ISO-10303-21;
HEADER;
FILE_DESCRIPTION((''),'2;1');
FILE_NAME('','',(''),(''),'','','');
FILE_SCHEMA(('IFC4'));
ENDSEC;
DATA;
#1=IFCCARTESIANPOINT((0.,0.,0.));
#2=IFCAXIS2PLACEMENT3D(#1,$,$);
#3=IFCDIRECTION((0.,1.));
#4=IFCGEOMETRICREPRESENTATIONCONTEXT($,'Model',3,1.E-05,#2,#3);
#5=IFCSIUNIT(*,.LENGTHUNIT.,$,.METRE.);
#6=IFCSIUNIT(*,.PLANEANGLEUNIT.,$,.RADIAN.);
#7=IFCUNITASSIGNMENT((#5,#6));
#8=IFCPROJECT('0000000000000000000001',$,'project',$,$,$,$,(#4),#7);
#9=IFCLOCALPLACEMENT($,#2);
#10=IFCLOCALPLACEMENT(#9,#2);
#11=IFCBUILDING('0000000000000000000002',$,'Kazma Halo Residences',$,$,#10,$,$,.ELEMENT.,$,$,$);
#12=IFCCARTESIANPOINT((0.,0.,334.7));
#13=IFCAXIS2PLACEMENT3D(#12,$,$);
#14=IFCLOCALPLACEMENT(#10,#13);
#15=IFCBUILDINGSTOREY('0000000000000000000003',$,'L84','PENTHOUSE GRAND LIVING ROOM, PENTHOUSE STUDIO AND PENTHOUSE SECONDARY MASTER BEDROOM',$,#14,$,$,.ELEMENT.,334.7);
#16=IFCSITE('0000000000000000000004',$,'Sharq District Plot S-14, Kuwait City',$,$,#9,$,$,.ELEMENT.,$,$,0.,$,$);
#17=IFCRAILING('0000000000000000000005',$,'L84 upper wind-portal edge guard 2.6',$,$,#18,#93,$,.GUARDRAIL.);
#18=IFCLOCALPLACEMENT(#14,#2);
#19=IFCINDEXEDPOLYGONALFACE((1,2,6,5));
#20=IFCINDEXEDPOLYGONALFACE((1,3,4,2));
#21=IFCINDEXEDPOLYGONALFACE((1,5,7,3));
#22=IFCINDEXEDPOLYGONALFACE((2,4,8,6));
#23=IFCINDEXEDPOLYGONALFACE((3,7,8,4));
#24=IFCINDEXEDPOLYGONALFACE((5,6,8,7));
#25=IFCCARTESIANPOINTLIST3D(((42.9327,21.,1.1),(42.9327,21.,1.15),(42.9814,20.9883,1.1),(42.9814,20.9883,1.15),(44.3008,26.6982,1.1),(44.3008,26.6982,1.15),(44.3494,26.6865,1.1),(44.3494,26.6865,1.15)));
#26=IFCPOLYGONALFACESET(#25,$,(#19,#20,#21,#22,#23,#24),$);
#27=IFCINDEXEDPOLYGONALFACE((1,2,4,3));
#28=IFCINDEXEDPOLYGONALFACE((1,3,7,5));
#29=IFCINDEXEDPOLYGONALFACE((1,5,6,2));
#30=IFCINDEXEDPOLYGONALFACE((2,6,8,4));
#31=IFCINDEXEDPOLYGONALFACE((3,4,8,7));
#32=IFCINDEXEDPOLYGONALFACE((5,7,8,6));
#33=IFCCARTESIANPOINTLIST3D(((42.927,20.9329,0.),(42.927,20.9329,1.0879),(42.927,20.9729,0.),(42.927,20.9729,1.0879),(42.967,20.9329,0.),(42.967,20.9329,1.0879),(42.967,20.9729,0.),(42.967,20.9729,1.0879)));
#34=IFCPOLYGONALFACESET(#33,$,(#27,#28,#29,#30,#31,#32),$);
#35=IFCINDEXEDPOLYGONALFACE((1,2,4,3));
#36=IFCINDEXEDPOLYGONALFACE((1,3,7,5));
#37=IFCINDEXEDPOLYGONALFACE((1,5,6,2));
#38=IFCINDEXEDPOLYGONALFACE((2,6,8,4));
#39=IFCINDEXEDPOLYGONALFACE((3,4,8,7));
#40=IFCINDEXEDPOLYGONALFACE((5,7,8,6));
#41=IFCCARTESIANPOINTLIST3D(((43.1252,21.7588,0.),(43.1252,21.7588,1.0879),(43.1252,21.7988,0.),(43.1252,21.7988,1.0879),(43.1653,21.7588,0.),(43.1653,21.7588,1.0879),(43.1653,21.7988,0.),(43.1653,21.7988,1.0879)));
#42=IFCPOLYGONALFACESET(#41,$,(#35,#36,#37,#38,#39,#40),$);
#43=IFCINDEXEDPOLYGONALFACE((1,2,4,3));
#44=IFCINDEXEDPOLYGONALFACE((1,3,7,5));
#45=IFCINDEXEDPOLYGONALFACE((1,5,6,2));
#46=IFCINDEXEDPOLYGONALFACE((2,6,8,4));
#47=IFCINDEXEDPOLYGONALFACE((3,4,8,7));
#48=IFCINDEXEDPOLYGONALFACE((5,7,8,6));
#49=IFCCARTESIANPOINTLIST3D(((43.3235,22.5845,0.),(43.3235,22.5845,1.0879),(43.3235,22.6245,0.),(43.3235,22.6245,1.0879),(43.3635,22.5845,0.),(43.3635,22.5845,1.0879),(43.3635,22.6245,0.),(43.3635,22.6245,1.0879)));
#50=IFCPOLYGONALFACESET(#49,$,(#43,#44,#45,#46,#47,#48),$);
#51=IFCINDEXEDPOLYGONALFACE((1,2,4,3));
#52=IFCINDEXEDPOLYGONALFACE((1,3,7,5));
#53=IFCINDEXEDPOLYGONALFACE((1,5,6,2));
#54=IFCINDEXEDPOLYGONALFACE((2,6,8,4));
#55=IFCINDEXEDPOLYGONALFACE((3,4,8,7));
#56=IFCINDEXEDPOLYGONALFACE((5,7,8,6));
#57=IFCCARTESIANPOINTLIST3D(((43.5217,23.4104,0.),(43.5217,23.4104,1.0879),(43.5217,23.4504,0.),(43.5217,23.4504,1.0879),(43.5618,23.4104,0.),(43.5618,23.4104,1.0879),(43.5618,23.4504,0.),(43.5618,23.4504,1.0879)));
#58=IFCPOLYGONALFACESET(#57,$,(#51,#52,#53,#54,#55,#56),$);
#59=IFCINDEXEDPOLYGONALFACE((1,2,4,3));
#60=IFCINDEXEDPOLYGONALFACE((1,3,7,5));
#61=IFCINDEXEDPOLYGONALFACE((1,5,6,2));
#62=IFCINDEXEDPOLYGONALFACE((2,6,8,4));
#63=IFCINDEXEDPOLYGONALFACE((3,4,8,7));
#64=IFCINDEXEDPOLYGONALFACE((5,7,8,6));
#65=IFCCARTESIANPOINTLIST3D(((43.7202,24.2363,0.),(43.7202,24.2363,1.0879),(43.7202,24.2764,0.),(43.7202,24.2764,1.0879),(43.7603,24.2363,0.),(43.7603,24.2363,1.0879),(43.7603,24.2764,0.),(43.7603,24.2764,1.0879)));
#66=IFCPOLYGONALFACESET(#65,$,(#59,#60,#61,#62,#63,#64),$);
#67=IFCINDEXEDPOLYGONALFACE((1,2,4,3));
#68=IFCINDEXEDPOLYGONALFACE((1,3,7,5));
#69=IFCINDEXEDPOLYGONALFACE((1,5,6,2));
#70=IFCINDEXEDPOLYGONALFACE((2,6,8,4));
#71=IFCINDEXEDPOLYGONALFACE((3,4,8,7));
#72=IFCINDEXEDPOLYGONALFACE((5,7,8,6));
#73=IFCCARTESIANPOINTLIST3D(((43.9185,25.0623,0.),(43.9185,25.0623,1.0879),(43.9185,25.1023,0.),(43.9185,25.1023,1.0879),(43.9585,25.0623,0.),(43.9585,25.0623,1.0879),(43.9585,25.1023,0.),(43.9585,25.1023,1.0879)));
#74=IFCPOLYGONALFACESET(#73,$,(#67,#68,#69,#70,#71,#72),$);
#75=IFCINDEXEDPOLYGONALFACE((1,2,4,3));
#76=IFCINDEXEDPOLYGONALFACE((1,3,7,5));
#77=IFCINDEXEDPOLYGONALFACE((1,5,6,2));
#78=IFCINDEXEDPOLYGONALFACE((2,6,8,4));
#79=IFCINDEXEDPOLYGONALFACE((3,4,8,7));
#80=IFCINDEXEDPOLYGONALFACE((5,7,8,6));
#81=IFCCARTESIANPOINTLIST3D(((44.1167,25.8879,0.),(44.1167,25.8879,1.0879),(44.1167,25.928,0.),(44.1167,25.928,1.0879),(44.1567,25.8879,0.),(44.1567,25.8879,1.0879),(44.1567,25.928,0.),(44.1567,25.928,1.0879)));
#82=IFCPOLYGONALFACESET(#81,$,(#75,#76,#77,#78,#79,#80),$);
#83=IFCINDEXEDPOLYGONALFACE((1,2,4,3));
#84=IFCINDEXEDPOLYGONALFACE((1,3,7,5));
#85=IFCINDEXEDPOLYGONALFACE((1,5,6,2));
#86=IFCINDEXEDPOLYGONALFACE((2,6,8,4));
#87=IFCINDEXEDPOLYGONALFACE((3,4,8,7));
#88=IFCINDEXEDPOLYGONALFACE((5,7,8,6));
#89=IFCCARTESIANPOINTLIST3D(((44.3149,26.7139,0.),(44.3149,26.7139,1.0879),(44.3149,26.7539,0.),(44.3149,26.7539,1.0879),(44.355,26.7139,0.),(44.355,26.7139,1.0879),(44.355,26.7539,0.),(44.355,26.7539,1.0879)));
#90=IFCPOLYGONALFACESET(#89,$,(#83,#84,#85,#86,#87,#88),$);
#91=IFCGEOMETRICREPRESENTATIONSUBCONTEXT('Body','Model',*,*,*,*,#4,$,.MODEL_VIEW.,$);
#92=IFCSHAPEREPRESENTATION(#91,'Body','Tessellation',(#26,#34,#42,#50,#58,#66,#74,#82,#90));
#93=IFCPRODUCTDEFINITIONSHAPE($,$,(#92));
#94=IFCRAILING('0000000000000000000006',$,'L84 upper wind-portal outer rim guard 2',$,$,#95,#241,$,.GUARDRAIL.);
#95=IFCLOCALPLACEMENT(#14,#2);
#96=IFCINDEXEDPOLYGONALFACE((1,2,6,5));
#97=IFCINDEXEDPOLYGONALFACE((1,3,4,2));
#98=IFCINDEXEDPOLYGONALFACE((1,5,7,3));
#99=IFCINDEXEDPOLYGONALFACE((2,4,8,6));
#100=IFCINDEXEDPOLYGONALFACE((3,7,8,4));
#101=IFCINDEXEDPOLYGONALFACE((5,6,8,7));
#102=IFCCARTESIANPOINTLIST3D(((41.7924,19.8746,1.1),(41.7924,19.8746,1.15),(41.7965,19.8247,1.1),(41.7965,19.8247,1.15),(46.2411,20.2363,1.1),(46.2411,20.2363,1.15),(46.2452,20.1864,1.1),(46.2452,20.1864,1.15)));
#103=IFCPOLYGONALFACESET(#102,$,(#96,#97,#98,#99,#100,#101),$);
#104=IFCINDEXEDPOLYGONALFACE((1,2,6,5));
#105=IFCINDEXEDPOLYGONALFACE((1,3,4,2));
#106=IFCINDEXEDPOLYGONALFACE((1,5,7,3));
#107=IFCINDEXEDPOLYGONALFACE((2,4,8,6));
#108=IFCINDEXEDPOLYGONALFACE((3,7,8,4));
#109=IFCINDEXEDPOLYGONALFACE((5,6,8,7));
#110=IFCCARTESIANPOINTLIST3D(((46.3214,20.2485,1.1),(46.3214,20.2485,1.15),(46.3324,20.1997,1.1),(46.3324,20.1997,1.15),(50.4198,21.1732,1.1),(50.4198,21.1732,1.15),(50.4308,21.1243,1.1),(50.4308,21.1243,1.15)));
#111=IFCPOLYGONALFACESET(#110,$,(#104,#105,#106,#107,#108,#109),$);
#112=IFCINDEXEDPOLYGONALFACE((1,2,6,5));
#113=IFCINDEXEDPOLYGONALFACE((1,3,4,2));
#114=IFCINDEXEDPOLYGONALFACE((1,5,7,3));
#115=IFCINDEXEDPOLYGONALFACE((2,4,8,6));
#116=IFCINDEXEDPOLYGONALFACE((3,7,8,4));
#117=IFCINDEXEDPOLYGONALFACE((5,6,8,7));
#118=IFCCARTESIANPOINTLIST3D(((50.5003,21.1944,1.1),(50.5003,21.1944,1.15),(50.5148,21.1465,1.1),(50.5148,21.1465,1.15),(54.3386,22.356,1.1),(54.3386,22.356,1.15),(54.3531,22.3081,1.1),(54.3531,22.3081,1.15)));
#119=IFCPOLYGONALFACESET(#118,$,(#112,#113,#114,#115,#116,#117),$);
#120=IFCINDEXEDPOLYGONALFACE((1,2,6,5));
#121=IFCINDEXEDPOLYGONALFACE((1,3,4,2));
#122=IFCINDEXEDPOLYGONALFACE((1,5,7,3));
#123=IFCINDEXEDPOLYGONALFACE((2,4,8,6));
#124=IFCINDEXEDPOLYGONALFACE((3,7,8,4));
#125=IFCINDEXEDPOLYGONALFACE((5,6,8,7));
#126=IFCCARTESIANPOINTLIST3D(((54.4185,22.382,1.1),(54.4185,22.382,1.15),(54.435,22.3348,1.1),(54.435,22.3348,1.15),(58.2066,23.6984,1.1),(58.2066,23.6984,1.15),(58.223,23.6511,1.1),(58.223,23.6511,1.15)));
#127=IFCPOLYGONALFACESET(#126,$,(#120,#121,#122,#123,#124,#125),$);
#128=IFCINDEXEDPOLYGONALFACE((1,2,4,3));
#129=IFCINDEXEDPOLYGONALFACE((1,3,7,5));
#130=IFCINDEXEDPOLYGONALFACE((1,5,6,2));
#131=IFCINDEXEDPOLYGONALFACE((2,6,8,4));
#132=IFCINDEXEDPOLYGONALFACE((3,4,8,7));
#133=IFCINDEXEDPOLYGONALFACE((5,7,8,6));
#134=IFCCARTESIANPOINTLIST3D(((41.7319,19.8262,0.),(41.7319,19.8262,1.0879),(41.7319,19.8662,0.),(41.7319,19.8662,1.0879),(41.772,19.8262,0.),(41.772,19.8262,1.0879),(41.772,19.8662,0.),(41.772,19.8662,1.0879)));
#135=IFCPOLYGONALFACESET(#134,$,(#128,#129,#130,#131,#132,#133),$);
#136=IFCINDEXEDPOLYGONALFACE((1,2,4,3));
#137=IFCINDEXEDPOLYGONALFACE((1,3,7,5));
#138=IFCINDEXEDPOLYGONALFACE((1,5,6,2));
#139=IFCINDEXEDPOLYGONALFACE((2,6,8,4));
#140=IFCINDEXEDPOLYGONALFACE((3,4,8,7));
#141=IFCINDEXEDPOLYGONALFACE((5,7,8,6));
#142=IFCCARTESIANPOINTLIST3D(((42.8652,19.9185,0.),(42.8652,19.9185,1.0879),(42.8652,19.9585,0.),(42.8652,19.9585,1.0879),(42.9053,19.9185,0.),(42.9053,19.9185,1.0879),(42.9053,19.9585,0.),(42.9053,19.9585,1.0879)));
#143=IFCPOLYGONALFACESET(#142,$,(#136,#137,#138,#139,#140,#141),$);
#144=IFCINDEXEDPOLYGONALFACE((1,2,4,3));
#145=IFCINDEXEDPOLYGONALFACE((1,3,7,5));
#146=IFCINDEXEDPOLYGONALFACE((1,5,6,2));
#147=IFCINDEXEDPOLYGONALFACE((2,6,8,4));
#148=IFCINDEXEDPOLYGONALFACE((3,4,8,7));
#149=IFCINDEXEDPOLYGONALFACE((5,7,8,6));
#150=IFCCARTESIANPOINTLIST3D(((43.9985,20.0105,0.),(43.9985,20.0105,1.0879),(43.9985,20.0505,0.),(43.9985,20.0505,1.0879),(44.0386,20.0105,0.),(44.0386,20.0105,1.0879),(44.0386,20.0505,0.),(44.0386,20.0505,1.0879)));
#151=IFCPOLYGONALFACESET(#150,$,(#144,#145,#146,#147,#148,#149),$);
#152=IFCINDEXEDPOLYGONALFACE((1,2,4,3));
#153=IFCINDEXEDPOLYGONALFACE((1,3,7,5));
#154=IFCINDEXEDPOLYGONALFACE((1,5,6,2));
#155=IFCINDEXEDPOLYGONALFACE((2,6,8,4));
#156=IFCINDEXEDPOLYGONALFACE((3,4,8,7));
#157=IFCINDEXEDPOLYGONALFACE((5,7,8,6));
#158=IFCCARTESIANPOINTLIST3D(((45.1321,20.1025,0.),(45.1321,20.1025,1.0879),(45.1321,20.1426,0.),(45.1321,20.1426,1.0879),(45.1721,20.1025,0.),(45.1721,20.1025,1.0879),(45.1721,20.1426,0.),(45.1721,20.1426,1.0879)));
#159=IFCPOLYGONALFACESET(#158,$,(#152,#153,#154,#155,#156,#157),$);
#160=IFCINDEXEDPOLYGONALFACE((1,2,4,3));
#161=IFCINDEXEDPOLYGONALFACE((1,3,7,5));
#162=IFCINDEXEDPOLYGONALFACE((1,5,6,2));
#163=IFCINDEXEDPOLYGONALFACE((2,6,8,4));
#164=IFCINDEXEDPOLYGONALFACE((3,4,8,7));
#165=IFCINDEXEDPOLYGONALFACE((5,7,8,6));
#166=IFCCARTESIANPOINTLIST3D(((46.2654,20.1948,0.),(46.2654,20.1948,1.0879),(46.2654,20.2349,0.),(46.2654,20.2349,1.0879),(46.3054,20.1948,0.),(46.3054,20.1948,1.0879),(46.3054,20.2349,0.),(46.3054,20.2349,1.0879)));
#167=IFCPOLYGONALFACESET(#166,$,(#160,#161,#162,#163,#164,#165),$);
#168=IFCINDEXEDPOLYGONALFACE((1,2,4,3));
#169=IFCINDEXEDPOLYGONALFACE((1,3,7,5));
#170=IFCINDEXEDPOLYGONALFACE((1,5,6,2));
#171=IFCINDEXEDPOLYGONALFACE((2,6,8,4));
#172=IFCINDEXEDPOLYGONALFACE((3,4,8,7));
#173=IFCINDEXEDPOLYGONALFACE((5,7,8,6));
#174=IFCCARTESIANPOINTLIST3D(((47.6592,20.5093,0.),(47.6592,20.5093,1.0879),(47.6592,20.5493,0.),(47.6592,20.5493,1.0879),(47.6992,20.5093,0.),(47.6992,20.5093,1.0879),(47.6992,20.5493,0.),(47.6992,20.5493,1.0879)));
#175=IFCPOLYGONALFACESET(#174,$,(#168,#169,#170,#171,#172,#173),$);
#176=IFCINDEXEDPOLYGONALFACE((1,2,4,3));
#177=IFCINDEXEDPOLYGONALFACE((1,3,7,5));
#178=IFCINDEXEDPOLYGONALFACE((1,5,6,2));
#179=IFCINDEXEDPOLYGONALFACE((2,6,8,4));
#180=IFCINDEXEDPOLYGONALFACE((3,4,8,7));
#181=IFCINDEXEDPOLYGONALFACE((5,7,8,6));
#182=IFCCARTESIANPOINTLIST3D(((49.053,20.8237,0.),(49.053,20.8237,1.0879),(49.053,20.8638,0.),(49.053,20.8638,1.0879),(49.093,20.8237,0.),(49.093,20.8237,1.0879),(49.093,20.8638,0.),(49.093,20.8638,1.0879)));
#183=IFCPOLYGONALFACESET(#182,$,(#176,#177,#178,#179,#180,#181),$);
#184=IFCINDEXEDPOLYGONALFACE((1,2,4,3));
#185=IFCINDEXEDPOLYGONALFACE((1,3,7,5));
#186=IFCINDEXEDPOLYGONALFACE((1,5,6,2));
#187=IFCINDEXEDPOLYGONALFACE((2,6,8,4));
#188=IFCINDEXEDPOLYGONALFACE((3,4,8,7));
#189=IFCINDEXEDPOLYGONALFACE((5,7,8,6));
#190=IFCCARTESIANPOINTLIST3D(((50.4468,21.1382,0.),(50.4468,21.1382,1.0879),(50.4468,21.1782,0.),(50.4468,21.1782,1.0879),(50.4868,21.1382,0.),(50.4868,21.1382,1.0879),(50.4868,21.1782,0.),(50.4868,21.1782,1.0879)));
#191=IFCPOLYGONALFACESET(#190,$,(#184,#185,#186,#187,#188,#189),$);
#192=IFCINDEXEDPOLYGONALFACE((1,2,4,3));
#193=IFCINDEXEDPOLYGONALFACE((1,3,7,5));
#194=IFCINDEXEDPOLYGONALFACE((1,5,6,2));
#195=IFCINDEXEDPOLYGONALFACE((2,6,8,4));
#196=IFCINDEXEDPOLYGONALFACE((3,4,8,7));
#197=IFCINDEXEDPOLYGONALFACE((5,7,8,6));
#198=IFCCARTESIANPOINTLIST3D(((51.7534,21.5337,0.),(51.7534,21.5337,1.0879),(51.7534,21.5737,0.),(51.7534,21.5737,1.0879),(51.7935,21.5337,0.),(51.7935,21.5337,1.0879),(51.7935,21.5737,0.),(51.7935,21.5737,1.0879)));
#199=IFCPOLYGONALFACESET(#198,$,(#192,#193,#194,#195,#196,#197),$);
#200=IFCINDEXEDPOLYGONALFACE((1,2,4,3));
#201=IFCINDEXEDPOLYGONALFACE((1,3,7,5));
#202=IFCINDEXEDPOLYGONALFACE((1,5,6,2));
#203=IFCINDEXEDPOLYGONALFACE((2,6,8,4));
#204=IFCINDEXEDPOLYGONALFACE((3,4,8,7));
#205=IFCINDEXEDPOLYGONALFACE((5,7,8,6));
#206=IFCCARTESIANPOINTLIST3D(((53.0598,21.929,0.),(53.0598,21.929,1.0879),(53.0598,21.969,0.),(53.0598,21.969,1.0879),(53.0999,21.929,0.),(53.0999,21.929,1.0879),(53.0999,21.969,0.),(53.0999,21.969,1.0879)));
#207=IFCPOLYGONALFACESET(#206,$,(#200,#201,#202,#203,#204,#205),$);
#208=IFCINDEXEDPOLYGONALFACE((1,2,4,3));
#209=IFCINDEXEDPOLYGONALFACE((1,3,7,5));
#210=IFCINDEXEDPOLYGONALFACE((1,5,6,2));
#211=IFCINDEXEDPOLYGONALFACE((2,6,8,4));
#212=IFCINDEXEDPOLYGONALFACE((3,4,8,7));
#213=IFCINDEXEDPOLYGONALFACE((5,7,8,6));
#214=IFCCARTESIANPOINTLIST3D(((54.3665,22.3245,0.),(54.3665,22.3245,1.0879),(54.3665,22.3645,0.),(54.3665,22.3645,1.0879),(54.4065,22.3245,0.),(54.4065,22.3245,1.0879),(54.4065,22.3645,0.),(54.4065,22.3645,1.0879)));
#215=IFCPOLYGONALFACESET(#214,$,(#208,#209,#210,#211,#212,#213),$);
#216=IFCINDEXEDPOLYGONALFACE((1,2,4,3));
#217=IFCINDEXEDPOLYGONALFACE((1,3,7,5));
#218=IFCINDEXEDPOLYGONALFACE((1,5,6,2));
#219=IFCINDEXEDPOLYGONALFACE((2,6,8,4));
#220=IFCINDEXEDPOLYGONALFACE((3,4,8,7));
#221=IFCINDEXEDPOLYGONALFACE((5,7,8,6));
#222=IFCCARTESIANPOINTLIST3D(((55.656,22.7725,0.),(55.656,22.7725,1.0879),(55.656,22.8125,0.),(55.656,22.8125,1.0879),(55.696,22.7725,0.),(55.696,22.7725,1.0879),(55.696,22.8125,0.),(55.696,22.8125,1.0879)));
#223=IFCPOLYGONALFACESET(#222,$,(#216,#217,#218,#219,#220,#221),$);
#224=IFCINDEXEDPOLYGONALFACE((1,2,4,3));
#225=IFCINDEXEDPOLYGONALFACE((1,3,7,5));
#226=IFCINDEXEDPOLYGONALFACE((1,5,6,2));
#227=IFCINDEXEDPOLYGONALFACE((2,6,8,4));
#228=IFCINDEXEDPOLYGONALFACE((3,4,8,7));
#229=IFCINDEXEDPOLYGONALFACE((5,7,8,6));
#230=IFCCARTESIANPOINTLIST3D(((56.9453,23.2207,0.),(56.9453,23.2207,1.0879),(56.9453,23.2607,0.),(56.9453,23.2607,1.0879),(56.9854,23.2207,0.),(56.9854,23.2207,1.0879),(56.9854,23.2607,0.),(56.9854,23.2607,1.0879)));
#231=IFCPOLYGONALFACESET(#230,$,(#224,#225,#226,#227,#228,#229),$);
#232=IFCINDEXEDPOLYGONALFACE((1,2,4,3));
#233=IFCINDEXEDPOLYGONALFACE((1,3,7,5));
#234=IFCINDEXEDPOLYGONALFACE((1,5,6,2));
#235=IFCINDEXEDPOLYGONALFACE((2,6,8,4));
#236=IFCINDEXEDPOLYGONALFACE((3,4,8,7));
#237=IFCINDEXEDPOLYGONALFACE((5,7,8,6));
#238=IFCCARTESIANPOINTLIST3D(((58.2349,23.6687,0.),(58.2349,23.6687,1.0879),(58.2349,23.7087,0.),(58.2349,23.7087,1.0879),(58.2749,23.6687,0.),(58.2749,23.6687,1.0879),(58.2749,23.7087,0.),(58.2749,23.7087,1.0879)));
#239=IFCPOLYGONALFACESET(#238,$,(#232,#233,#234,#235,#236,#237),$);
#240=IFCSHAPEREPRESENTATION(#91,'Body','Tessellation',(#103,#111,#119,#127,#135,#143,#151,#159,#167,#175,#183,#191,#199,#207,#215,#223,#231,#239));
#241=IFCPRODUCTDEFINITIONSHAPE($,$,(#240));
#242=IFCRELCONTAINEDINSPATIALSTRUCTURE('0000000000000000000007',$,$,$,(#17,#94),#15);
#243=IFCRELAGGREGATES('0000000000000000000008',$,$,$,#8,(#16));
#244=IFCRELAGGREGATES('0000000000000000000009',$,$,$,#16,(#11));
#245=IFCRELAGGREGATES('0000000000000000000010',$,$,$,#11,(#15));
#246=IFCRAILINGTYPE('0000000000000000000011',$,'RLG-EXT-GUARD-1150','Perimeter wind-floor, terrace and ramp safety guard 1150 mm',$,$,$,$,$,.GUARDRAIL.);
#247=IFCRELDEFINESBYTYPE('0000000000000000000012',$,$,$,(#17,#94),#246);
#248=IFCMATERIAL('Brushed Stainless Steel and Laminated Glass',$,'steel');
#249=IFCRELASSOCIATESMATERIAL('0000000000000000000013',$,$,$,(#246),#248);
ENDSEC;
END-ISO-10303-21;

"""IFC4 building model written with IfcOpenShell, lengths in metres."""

from ifc_helpers import new_model, si_unit, direction, frame, origin, origin_2d, place, context, subcontext, project, spatial, rectangle, extrude, material, type_object, element, save


model = new_model("IFC4")

# Units and contexts
model_context = context("Model", 3, precision=1e-05, world=origin(), true_north=direction((0.0, 1.0)))
body_context = subcontext(model_context, "Body", "Model", "MODEL_VIEW")
ifc_project = project(units=[si_unit("LENGTHUNIT", "METRE"), si_unit("PLANEANGLEUNIT", "RADIAN")], contexts=[model_context])

# Site, building, storey
site_placement = place(None, origin())
site = spatial("IfcSite", under=ifc_project, at=site_placement, Name="Sharq District Plot S-14, Kuwait City", CompositionType="ELEMENT", RefElevation=0.0)
building_placement = place(site_placement, origin())
building = spatial("IfcBuilding", under=site, at=building_placement, Name="Kazma Halo Residences", CompositionType="ELEMENT")
storey_placement = place(building_placement, frame((0.0, 0.0, 334.7)))
storey = spatial("IfcBuildingStorey", under=building, at=storey_placement, Name="L84", Description="PENTHOUSE GRAND LIVING ROOM, PENTHOUSE STUDIO AND PENTHOUSE SECONDARY MASTER BEDROOM", CompositionType="ELEMENT", Elevation=334.7)

# Railings
ifc_material_1 = material(Name="Brushed Stainless Steel and Laminated Glass", Category="steel")
railing_type_1 = type_object("IfcRailingType", Name="RLG-EXT-GUARD-1150", Description="Perimeter wind-floor, terrace and ramp safety guard 1150 mm", PredefinedType="GUARDRAIL", material=ifc_material_1)
railing_1_placement = place(storey_placement, frame((42.947, 20.9529, 0.0)))
element("IfcRailing", 1, at=railing_1_placement, inside=storey, type_object=railing_type_1, Name="L84 upper wind-portal edge guard 2.6", PredefinedType="GUARDRAIL", context=body_context, shape_type="SweptSolid", body=[
    extrude(rectangle(XDim=0.05, YDim=0.05, at=origin_2d()), frame((0.01, 0.0413, 1.125), z_axis=(0.233452, 0.972368, 0.0), x_axis=(-0.972368, 0.233452, 0.0)), (0.0, 0.0, 1.0), 5.8601),
    extrude(rectangle(XDim=0.04, YDim=0.04, at=origin_2d()), origin(), (0.0, 0.0, 1.0), 1.0879),
    extrude(rectangle(XDim=0.04, YDim=0.04, at=origin_2d()), frame((0.1982, 0.8259, 0.0)), (0.0, 0.0, 1.0), 1.0879),
    extrude(rectangle(XDim=0.04, YDim=0.04, at=origin_2d()), frame((0.3965, 1.6516, 0.0)), (0.0, 0.0, 1.0), 1.0879),
    extrude(rectangle(XDim=0.04, YDim=0.04, at=origin_2d()), frame((0.5947, 2.4775, 0.0)), (0.0, 0.0, 1.0), 1.0879),
    extrude(rectangle(XDim=0.04, YDim=0.04, at=origin_2d()), frame((0.7932, 3.3035, 0.0)), (0.0, 0.0, 1.0), 1.0879),
    extrude(rectangle(XDim=0.04, YDim=0.04, at=origin_2d()), frame((0.9915, 4.1294, 0.0)), (0.0, 0.0, 1.0), 1.0879),
    extrude(rectangle(XDim=0.04, YDim=0.04, at=origin_2d()), frame((1.1897, 4.9551, 0.0)), (0.0, 0.0, 1.0), 1.0879),
    extrude(rectangle(XDim=0.04, YDim=0.04, at=origin_2d()), frame((1.3879, 5.781, 0.0)), (0.0, 0.0, 1.0), 1.0879),
])
railing_2_placement = place(storey_placement, frame((41.752, 19.8462, 0.0)))
element("IfcRailing", 2, at=railing_2_placement, inside=storey, type_object=railing_type_1, Name="L84 upper wind-portal outer rim guard 2", PredefinedType="GUARDRAIL", context=body_context, shape_type="SweptSolid", body=[
    extrude(rectangle(XDim=0.05, YDim=0.05, at=origin_2d()), frame((0.0425, 0.0034, 1.125), z_axis=(0.99671, 0.081051, 0.0), x_axis=(-0.081051, 0.99671, 0.0)), (0.0, 0.0, 1.0), 4.4634),
    extrude(rectangle(XDim=0.05, YDim=0.05, at=origin_2d()), frame((4.575, 0.3779, 1.125), z_axis=(0.975482, 0.220077, 0.0), x_axis=(-0.220077, 0.975482, 0.0)), (0.0, 0.0, 1.0), 4.2014),
    extrude(rectangle(XDim=0.05, YDim=0.05, at=origin_2d()), frame((8.7556, 1.3242, 1.125), z_axis=(0.957126, 0.289671, 0.0), x_axis=(-0.289671, 0.957126, 0.0)), (0.0, 0.0, 1.0), 4.0103),
    extrude(rectangle(XDim=0.05, YDim=0.05, at=origin_2d()), frame((12.6748, 2.5122, 1.125), z_axis=(0.944595, 0.328239, 0.0), x_axis=(-0.328239, 0.944595, 0.0)), (0.0, 0.0, 1.0), 4.0103),
    extrude(rectangle(XDim=0.04, YDim=0.04, at=origin_2d()), origin(), (0.0, 0.0, 1.0), 1.0879),
    extrude(rectangle(XDim=0.04, YDim=0.04, at=origin_2d()), frame((1.1333, 0.0923, 0.0)), (0.0, 0.0, 1.0), 1.0879),
    extrude(rectangle(XDim=0.04, YDim=0.04, at=origin_2d()), frame((2.2666, 0.1843, 0.0)), (0.0, 0.0, 1.0), 1.0879),
    extrude(rectangle(XDim=0.04, YDim=0.04, at=origin_2d()), frame((3.4001, 0.2764, 0.0)), (0.0, 0.0, 1.0), 1.0879),
    extrude(rectangle(XDim=0.04, YDim=0.04, at=origin_2d()), frame((4.5334, 0.3687, 0.0)), (0.0, 0.0, 1.0), 1.0879),
    extrude(rectangle(XDim=0.04, YDim=0.04, at=origin_2d()), frame((5.9272, 0.6831, 0.0)), (0.0, 0.0, 1.0), 1.0879),
    extrude(rectangle(XDim=0.04, YDim=0.04, at=origin_2d()), frame((7.321, 0.9976, 0.0)), (0.0, 0.0, 1.0), 1.0879),
    extrude(rectangle(XDim=0.04, YDim=0.04, at=origin_2d()), frame((8.7148, 1.312, 0.0)), (0.0, 0.0, 1.0), 1.0879),
    extrude(rectangle(XDim=0.04, YDim=0.04, at=origin_2d()), frame((10.0215, 1.7075, 0.0)), (0.0, 0.0, 1.0), 1.0879),
    extrude(rectangle(XDim=0.04, YDim=0.04, at=origin_2d()), frame((11.3279, 2.1028, 0.0)), (0.0, 0.0, 1.0), 1.0879),
    extrude(rectangle(XDim=0.04, YDim=0.04, at=origin_2d()), frame((12.6345, 2.4983, 0.0)), (0.0, 0.0, 1.0), 1.0879),
    extrude(rectangle(XDim=0.04, YDim=0.04, at=origin_2d()), frame((13.9241, 2.9463, 0.0)), (0.0, 0.0, 1.0), 1.0879),
    extrude(rectangle(XDim=0.04, YDim=0.04, at=origin_2d()), frame((15.2134, 3.3945, 0.0)), (0.0, 0.0, 1.0), 1.0879),
    extrude(rectangle(XDim=0.04, YDim=0.04, at=origin_2d()), frame((16.5029, 3.8425, 0.0)), (0.0, 0.0, 1.0), 1.0879),
])

save(model, "model.ifc")
